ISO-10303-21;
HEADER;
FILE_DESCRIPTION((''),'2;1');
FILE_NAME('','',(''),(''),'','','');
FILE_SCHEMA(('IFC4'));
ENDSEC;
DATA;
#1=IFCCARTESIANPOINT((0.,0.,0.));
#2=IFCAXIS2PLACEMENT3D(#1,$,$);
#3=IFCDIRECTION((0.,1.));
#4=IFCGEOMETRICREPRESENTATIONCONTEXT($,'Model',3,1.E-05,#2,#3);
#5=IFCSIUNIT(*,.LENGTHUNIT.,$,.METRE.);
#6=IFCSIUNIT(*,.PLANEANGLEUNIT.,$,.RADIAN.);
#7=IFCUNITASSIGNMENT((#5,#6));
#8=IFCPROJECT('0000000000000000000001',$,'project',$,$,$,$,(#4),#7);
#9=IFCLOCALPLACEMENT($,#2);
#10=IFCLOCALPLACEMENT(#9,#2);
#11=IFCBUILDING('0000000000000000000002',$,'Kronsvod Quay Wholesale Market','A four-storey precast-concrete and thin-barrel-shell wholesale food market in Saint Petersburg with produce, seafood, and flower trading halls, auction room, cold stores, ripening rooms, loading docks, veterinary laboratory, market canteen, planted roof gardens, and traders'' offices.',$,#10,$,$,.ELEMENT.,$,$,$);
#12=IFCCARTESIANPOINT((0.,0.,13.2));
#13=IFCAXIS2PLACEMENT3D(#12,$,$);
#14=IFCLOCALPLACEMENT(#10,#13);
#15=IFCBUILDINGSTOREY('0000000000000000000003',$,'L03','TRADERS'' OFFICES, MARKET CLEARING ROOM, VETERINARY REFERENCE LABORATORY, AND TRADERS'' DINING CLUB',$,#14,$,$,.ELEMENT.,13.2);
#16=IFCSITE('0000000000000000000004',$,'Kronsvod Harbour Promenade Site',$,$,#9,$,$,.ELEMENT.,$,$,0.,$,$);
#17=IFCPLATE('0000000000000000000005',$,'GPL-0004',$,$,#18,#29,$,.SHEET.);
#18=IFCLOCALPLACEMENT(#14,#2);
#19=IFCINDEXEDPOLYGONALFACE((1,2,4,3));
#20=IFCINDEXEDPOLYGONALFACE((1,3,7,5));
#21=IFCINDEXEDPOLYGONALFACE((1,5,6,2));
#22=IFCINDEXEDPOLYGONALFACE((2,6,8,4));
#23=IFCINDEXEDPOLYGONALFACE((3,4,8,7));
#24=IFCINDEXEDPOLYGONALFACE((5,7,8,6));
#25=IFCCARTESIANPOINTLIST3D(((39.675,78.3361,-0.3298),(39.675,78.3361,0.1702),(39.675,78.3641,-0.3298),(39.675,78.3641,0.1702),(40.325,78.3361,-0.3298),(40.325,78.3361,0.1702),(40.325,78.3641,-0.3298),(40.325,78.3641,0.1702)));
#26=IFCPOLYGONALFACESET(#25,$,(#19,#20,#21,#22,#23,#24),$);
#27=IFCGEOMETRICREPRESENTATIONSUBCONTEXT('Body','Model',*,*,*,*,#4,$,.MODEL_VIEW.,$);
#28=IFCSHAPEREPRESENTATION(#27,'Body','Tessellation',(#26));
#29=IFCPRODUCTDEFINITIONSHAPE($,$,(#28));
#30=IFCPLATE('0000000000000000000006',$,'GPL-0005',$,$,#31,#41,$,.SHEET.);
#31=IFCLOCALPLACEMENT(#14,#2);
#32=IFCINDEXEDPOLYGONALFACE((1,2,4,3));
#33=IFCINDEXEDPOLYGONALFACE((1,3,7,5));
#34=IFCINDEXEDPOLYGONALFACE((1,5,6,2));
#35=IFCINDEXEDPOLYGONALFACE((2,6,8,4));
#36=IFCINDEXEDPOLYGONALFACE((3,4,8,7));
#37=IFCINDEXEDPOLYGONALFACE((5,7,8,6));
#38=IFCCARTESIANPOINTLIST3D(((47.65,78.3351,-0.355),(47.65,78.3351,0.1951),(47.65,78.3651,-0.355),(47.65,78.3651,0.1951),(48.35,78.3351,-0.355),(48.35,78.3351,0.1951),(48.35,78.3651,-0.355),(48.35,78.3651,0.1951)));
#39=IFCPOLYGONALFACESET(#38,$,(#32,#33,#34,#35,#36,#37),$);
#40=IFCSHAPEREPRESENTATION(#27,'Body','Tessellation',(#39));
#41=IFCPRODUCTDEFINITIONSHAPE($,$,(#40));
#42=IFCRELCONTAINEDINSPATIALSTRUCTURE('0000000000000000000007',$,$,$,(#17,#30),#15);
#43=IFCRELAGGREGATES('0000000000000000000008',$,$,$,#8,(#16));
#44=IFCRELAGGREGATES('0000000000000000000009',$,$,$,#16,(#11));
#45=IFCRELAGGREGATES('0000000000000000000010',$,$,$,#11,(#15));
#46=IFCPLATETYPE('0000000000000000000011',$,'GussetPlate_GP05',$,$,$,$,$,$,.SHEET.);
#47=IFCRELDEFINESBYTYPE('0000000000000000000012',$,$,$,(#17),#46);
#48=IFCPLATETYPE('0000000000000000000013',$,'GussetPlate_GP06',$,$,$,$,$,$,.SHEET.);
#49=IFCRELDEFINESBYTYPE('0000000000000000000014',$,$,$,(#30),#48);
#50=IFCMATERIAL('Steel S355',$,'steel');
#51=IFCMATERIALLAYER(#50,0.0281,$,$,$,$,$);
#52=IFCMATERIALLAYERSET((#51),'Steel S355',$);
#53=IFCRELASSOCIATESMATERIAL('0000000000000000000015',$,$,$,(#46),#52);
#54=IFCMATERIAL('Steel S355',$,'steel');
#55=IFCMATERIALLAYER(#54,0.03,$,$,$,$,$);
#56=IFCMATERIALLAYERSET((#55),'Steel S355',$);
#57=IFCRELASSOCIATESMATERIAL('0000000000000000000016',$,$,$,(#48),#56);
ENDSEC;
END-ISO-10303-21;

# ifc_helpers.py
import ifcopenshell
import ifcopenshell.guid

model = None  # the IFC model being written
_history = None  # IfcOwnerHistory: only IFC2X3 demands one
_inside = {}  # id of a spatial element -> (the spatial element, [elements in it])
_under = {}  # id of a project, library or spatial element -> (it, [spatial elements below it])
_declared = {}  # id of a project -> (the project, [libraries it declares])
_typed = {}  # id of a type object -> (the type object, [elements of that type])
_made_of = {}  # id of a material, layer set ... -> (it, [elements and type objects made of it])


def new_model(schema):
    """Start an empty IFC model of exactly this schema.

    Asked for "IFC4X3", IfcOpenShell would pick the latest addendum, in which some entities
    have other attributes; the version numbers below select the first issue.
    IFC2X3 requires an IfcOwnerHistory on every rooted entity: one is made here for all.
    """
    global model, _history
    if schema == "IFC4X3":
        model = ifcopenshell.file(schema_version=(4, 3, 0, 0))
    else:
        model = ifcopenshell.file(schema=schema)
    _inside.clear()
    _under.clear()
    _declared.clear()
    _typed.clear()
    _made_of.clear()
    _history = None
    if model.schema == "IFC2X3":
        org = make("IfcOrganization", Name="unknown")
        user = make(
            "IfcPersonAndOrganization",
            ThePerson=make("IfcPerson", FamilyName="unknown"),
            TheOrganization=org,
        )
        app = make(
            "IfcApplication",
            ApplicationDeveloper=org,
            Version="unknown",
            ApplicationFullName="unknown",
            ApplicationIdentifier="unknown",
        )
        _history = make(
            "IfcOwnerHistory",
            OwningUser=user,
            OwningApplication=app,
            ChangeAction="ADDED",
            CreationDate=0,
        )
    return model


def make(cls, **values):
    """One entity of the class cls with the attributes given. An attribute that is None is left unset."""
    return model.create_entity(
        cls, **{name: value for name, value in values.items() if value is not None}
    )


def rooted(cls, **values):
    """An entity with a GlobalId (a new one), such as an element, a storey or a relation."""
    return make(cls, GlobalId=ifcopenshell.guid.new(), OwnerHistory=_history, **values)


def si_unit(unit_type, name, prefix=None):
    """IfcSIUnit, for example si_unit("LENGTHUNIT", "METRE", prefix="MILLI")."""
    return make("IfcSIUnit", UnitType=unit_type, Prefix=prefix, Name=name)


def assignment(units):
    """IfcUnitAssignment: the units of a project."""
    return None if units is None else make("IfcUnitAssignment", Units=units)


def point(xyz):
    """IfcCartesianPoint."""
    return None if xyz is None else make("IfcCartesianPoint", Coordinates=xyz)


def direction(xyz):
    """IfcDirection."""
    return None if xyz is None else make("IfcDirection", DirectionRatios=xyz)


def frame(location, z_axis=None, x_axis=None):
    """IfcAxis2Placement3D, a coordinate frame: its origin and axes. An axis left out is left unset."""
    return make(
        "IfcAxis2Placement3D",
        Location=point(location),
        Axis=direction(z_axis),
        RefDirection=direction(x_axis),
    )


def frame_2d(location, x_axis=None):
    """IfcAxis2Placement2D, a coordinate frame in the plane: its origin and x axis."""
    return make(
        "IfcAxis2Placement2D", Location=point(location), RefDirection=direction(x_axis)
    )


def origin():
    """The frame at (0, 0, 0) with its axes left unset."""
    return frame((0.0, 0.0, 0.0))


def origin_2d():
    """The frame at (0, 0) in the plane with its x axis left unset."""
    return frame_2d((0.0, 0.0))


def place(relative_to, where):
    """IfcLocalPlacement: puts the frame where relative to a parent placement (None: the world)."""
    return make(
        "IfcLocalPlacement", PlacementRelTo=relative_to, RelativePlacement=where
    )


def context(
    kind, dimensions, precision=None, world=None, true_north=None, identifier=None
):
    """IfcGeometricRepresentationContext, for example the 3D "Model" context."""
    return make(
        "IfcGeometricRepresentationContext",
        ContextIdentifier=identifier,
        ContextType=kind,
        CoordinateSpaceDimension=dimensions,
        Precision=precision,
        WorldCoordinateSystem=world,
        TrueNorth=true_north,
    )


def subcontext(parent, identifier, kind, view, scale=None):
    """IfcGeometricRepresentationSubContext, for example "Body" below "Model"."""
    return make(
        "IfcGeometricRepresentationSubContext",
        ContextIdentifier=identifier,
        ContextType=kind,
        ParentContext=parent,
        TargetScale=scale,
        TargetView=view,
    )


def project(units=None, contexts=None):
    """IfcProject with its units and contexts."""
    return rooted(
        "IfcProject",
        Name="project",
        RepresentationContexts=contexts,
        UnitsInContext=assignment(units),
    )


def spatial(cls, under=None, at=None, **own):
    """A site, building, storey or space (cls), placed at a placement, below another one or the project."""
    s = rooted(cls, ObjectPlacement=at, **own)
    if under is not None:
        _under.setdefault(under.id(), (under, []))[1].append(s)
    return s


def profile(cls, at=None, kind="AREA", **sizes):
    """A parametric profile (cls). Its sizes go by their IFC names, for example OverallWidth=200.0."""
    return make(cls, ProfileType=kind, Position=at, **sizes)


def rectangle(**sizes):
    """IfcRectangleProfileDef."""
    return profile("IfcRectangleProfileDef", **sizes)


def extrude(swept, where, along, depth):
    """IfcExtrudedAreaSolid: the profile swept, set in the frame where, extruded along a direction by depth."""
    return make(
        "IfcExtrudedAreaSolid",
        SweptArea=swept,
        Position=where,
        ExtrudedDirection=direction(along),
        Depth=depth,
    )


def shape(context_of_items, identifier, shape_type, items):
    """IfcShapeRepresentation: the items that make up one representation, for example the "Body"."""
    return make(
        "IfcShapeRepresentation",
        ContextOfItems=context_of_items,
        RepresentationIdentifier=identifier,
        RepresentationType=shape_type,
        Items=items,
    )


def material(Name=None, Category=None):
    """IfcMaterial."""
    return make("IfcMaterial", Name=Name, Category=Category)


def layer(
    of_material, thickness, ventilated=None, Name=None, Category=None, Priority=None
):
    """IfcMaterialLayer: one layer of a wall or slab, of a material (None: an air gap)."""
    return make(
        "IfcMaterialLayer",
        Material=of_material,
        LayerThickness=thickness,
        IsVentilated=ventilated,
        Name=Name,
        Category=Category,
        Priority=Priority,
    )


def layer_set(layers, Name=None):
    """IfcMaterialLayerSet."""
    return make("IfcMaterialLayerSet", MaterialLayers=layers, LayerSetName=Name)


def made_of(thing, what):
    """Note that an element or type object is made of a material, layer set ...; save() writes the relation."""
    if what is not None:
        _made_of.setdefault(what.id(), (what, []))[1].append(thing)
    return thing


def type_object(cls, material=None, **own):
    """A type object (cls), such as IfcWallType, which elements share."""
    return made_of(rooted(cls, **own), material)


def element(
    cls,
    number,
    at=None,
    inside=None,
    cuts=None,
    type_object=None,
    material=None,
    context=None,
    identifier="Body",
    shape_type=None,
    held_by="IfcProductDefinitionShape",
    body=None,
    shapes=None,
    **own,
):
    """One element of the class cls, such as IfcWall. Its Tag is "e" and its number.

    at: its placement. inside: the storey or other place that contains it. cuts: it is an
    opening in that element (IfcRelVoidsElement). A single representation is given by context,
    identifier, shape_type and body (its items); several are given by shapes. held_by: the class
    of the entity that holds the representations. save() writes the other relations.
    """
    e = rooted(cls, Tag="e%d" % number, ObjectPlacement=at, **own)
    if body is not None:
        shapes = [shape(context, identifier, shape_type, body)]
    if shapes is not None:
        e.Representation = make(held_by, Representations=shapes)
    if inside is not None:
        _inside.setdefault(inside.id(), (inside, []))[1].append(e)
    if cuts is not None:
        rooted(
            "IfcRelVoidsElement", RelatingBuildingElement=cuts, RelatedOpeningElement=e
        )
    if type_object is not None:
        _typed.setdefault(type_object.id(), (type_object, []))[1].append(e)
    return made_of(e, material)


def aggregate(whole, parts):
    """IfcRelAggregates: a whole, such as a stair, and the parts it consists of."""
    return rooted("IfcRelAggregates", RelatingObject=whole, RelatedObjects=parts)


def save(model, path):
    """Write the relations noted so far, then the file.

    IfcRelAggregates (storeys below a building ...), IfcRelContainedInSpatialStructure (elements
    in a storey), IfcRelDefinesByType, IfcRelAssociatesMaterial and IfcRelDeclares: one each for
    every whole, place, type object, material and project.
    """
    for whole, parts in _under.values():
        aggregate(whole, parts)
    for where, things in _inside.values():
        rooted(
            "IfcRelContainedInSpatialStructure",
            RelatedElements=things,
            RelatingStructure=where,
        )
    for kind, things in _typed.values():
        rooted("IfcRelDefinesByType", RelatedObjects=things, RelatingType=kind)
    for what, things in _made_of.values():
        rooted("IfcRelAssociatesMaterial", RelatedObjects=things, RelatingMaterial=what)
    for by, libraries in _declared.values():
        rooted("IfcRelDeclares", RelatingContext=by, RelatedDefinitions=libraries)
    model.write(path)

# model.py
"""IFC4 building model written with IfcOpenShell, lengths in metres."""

from ifc_helpers import new_model, si_unit, direction, frame, origin, origin_2d, place, context, subcontext, project, spatial, rectangle, extrude, material, layer, layer_set, type_object, element, save


model = new_model("IFC4")

# Units and contexts
model_context = context("Model", 3, precision=1e-05, world=origin(), true_north=direction((0.0, 1.0)))
body_context = subcontext(model_context, "Body", "Model", "MODEL_VIEW")
ifc_project = project(units=[si_unit("LENGTHUNIT", "METRE"), si_unit("PLANEANGLEUNIT", "RADIAN")], contexts=[model_context])

# Site, building, storey
site_placement = place(None, origin())
site = spatial("IfcSite", under=ifc_project, at=site_placement, Name="Kronsvod Harbour Promenade Site", CompositionType="ELEMENT", RefElevation=0.0)
building_placement = place(site_placement, origin())
building = spatial("IfcBuilding", under=site, at=building_placement, Name="Kronsvod Quay Wholesale Market", Description="A four-storey precast-concrete and thin-barrel-shell wholesale food market in Saint Petersburg with produce, seafood, and flower trading halls, auction room, cold stores, ripening rooms, loading docks, veterinary laboratory, market canteen, planted roof gardens, and traders' offices.", CompositionType="ELEMENT")
storey_placement = place(building_placement, frame((0.0, 0.0, 13.2)))
storey = spatial("IfcBuildingStorey", under=building, at=storey_placement, Name="L03", Description="TRADERS' OFFICES, MARKET CLEARING ROOM, VETERINARY REFERENCE LABORATORY, AND TRADERS' DINING CLUB", CompositionType="ELEMENT", Elevation=13.2)

# Plates
ifc_material_1 = material(Name="Steel S355", Category="steel")
ifc_layer_1 = layer(ifc_material_1, 0.0281)
ifc_layer_set_1 = layer_set([ifc_layer_1], Name="Steel S355")
plate_type_1 = type_object("IfcPlateType", Name="GussetPlate_GP05", PredefinedType="SHEET", material=ifc_layer_set_1)
plate_1_placement = place(storey_placement, frame((40.0, 78.3501, -0.3298), z_axis=(0.0, 0.0, 1.0), x_axis=(1.0, 0.0, 0.0)))
element("IfcPlate", 1, at=plate_1_placement, inside=storey, type_object=plate_type_1, Name="GPL-0004", PredefinedType="SHEET", context=body_context, shape_type="SweptSolid", body=[
    extrude(rectangle(XDim=0.6499, YDim=0.0281, at=origin_2d()), origin(), (0.0, 0.0, 1.0), 0.5),
])
ifc_material_2 = material(Name="Steel S355", Category="steel")
ifc_layer_2 = layer(ifc_material_2, 0.03)
ifc_layer_set_2 = layer_set([ifc_layer_2], Name="Steel S355")
plate_type_2 = type_object("IfcPlateType", Name="GussetPlate_GP06", PredefinedType="SHEET", material=ifc_layer_set_2)
plate_2_placement = place(storey_placement, frame((48.0, 78.3501, -0.355), z_axis=(0.0, 0.0, 1.0), x_axis=(1.0, 0.0, 0.0)))
element("IfcPlate", 2, at=plate_2_placement, inside=storey, type_object=plate_type_2, Name="GPL-0005", PredefinedType="SHEET", context=body_context, shape_type="SweptSolid", body=[
    extrude(rectangle(XDim=0.7, YDim=0.03, at=origin_2d()), origin(), (0.0, 0.0, 1.0), 0.55),
])

save(model, "model.ifc")
